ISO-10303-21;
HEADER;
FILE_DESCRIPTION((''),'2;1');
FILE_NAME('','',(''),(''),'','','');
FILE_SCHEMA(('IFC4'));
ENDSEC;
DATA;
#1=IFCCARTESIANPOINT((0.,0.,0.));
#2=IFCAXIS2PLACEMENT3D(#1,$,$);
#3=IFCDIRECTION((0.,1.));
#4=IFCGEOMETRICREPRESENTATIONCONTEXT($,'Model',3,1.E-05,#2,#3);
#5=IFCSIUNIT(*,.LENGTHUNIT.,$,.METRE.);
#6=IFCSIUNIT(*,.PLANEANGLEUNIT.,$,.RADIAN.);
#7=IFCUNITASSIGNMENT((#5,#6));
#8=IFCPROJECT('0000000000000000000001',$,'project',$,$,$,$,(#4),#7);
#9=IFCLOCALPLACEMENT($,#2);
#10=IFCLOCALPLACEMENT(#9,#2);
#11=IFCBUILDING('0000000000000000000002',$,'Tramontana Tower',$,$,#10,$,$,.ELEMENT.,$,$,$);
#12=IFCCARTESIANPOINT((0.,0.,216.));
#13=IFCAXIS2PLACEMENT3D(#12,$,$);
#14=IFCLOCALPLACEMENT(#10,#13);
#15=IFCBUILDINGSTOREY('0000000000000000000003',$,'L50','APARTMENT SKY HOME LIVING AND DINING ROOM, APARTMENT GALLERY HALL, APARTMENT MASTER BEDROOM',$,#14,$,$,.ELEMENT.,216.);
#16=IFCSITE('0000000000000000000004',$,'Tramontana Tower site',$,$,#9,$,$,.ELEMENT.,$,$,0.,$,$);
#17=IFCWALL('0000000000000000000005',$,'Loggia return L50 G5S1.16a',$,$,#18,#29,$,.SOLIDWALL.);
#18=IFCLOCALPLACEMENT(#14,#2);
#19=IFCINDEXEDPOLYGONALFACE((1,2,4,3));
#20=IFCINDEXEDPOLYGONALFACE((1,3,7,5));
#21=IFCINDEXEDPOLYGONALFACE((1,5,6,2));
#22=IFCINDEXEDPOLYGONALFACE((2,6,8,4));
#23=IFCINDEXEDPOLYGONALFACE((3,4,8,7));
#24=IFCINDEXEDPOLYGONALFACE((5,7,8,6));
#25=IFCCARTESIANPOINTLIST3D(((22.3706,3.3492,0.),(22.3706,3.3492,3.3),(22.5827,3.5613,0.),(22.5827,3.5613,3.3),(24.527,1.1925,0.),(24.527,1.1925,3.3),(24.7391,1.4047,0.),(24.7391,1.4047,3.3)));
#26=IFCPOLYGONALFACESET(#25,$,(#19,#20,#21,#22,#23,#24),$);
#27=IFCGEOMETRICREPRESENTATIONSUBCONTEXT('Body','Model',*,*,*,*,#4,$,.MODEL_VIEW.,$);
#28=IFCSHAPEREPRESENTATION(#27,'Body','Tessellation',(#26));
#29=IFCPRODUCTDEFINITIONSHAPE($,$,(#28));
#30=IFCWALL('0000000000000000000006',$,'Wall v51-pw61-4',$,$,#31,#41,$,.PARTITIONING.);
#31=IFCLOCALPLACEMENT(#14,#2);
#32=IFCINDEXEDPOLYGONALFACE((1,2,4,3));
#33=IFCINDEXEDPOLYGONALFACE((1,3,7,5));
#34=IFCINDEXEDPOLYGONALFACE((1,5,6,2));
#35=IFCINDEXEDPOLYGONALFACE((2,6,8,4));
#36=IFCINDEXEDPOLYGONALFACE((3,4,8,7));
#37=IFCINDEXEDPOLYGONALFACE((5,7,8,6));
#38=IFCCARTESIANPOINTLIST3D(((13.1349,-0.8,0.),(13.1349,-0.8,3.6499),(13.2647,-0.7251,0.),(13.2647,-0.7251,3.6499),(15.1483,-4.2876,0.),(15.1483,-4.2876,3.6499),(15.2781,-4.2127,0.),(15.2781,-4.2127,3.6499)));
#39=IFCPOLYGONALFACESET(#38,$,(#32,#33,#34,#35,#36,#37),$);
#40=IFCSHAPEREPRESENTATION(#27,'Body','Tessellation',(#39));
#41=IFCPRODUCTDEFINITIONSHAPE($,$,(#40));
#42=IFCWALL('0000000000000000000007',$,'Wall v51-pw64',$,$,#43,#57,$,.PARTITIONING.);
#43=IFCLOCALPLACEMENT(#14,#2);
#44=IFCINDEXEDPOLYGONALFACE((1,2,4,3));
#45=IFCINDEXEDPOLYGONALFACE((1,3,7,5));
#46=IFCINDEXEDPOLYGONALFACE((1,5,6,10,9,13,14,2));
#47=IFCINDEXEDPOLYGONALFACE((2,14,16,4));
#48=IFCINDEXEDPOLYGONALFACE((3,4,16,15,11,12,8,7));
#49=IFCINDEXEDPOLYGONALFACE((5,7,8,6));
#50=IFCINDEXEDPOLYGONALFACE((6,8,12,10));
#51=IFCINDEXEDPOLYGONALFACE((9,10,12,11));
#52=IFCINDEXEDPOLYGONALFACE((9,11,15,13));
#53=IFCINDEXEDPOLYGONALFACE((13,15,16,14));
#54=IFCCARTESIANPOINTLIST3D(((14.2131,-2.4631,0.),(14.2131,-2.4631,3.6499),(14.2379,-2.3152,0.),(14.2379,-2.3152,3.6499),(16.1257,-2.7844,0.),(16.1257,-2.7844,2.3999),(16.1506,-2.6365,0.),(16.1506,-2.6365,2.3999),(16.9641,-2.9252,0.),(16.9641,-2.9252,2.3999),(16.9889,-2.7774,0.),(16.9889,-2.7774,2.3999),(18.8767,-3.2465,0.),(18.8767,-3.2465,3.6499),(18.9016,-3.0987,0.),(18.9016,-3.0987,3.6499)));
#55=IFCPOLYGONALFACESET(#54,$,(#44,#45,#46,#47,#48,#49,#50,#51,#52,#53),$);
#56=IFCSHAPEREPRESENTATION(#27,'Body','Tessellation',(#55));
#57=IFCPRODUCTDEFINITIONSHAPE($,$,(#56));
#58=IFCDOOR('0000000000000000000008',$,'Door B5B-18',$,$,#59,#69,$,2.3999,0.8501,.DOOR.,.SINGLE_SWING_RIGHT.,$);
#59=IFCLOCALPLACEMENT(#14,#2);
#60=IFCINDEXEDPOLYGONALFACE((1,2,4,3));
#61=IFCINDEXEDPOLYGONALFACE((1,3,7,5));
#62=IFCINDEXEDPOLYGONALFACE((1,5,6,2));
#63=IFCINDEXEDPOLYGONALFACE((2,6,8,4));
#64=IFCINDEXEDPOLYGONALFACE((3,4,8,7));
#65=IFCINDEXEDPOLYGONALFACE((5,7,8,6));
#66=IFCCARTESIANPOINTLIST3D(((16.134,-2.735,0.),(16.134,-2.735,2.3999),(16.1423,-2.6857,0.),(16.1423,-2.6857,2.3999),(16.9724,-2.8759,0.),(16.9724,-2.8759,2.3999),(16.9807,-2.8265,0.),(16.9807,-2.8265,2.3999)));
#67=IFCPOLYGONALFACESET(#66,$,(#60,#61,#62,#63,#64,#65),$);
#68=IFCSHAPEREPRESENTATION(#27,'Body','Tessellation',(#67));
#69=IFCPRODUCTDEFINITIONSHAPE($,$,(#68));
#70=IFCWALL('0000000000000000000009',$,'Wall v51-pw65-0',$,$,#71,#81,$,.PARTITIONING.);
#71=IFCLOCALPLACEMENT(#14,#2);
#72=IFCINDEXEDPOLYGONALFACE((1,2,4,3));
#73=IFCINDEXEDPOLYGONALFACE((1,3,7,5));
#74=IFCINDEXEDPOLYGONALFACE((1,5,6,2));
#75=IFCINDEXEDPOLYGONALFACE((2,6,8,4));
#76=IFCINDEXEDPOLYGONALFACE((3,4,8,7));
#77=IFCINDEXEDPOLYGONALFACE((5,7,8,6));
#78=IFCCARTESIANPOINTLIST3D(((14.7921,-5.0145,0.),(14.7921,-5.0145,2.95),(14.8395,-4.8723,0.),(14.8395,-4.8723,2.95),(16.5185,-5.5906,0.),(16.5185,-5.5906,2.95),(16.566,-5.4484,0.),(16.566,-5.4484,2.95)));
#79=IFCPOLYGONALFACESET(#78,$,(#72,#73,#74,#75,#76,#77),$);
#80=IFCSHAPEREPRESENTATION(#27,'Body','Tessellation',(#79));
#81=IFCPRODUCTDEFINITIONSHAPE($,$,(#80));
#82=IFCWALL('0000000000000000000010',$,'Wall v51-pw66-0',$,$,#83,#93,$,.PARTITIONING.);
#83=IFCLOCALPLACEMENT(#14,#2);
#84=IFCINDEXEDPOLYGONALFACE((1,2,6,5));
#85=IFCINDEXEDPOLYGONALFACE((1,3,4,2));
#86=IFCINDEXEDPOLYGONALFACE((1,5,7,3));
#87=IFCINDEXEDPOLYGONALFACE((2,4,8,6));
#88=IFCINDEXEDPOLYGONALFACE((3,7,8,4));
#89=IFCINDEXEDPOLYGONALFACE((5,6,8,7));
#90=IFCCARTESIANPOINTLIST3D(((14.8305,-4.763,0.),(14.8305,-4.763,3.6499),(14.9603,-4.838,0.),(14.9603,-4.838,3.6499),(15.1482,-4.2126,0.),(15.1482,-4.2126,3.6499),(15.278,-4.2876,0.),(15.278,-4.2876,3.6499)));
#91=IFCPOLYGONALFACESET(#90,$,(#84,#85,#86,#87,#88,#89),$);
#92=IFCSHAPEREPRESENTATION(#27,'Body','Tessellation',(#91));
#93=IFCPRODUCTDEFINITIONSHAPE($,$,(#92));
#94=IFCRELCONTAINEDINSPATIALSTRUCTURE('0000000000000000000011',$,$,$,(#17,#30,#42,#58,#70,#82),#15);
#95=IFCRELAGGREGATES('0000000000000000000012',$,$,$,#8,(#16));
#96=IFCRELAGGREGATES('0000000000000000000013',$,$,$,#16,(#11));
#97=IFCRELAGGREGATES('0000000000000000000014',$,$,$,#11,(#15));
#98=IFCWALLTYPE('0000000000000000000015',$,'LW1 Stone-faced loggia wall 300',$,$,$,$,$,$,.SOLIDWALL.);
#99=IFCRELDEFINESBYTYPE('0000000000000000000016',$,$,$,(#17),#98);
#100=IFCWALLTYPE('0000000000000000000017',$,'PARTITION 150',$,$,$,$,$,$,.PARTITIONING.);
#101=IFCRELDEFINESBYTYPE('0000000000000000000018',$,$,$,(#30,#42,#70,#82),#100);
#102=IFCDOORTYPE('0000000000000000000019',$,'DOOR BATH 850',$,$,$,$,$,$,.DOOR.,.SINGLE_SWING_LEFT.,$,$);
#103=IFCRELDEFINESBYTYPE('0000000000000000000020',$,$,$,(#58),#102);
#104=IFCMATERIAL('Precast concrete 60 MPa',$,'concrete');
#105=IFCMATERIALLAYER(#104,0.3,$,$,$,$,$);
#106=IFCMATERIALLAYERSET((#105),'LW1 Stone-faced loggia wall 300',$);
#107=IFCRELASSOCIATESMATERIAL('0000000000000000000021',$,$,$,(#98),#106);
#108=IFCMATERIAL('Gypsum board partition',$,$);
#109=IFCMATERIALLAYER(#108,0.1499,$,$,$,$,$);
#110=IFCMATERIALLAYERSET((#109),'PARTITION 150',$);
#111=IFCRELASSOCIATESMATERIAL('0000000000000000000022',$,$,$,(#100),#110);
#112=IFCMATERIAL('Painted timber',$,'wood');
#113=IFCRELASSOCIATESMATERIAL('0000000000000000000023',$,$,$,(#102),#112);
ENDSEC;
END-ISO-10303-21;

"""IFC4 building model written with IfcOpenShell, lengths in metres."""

from ifc_helpers import new_model, si_unit, direction, frame, frame_2d, origin, place, context, subcontext, project, spatial, rectangle, extrude, material, layer, layer_set, type_object, element, fill, save


model = new_model("IFC4")

# Units and contexts
model_context = context("Model", 3, precision=1e-05, world=origin(), true_north=direction((0.0, 1.0)))
body_context = subcontext(model_context, "Body", "Model", "MODEL_VIEW")
ifc_project = project(units=[si_unit("LENGTHUNIT", "METRE"), si_unit("PLANEANGLEUNIT", "RADIAN")], contexts=[model_context])

# Site, building, storey
site_placement = place(None, origin())
site = spatial("IfcSite", under=ifc_project, at=site_placement, Name="Tramontana Tower site", CompositionType="ELEMENT", RefElevation=0.0)
building_placement = place(site_placement, origin())
building = spatial("IfcBuilding", under=site, at=building_placement, Name="Tramontana Tower", CompositionType="ELEMENT")
storey_placement = place(building_placement, frame((0.0, 0.0, 216.0)))
storey = spatial("IfcBuildingStorey", under=building, at=storey_placement, Name="L50", Description="APARTMENT SKY HOME LIVING AND DINING ROOM, APARTMENT GALLERY HALL, APARTMENT MASTER BEDROOM", CompositionType="ELEMENT", Elevation=216.0)

# Wall
ifc_material_1 = material(Name="Precast concrete 60 MPa", Category="concrete")
ifc_layer_1 = layer(ifc_material_1, 0.3)
ifc_layer_set_1 = layer_set([ifc_layer_1], Name="LW1 Stone-faced loggia wall 300")
wall_type_1 = type_object("IfcWallType", Name="LW1 Stone-faced loggia wall 300", PredefinedType="SOLIDWALL", material=ifc_layer_set_1)
wall_1_placement = place(storey_placement, frame((24.6331, 1.2986, 0.0), z_axis=(0.0, 0.0, 1.0), x_axis=(-0.707067, 0.707147, 0.0)))
element("IfcWall", 1, at=wall_1_placement, inside=storey, type_object=wall_type_1, Name="Loggia return L50 G5S1.16a", PredefinedType="SOLIDWALL", context=body_context, shape_type="SweptSolid", body=[
    extrude(rectangle(XDim=3.0498, YDim=0.3, at=frame_2d((1.5249, 0.0))), origin(), (0.0, 0.0, 1.0), 3.3),
])

# Shared definitions
ifc_material_2 = material(Name="Gypsum board partition")
ifc_layer_2 = layer(ifc_material_2, 0.1499)
ifc_layer_set_2 = layer_set([ifc_layer_2], Name="PARTITION 150")
wall_type_2 = type_object("IfcWallType", Name="PARTITION 150", PredefinedType="PARTITIONING", material=ifc_layer_set_2)

# Wall
wall_2_placement = place(storey_placement, frame((13.1997, -0.7625, 0.0), z_axis=(0.0, 0.0, 1.0), x_axis=(0.49998, -0.866037, 0.0)))
element("IfcWall", 2, at=wall_2_placement, inside=storey, type_object=wall_type_2, Name="Wall v51-pw61-4", PredefinedType="PARTITIONING", context=body_context, shape_type="SweptSolid", body=[
    extrude(rectangle(XDim=4.0271, YDim=0.1499, at=frame_2d((2.0137, 0.0))), origin(), (0.0, 0.0, 1.0), 3.6499),
])

# Wall, opening, door
wall_3_placement = place(storey_placement, frame((18.8892, -3.1726, 0.0), z_axis=(0.0, 0.0, 1.0), x_axis=(-0.986181, 0.165671, 0.0)))
wall_3 = element("IfcWall", 3, at=wall_3_placement, inside=storey, type_object=wall_type_2, Name="Wall v51-pw64", PredefinedType="PARTITIONING", context=body_context, shape_type="SweptSolid", body=[
    extrude(rectangle(XDim=4.729, YDim=0.1499, at=frame_2d((2.3645, 0.0))), origin(), (0.0, 0.0, 1.0), 3.6499),
])
opening_1_placement = place(wall_3_placement, frame((1.9395, 0.0, 0.0)))
opening_1 = element("IfcOpeningElement", 4, at=opening_1_placement, cuts=wall_3, PredefinedType="OPENING", context=body_context, shape_type="SweptSolid", body=[
    extrude(rectangle(XDim=0.8501, YDim=2.3999, at=frame_2d((0.425, 1.2))), frame((0.0, 0.085, 0.0), z_axis=(0.0, -1.0, 0.0), x_axis=(1.0, 0.0, 0.0)), (0.0, 0.0, 1.0), 0.1699),
])
ifc_material_3 = material(Name="Painted timber", Category="wood")
door_type_1 = type_object("IfcDoorType", Name="DOOR BATH 850", OperationType="SINGLE_SWING_LEFT", PredefinedType="DOOR", material=ifc_material_3)
door_1_placement = place(opening_1_placement, origin())
door_1 = element("IfcDoor", 5, at=door_1_placement, inside=storey, type_object=door_type_1, Name="Door B5B-18", OperationType="SINGLE_SWING_RIGHT", OverallHeight=2.3999, OverallWidth=0.8501, PredefinedType="DOOR", context=body_context, shape_type="SweptSolid", body=[
    extrude(rectangle(XDim=0.8501, YDim=2.3999, at=frame_2d((0.425, 1.2))), frame((0.0, 0.0249, 0.0), z_axis=(0.0, -1.0, 0.0), x_axis=(1.0, 0.0, 0.0)), (0.0, 0.0, 1.0), 0.05),
])
fill(opening_1, door_1)

# Walls
wall_4_placement = place(storey_placement, frame((14.8157, -4.9434, 0.0), z_axis=(0.0, 0.0, 1.0), x_axis=(0.948576, -0.31655, 0.0)))
element("IfcWall", 6, at=wall_4_placement, inside=storey, type_object=wall_type_2, Name="Wall v51-pw65-0", PredefinedType="PARTITIONING", context=body_context, shape_type="SweptSolid", body=[
    extrude(rectangle(XDim=1.8201, YDim=0.1499, at=frame_2d((0.9102, 0.0))), origin(), (0.0, 0.0, 1.0), 2.95),
])
wall_5_placement = place(storey_placement, frame((15.2131, -4.25, 0.0), z_axis=(0.0, 0.0, 1.0), x_axis=(-0.4999, -0.866083, 0.0)))
element("IfcWall", 7, at=wall_5_placement, inside=storey, type_object=wall_type_2, Name="Wall v51-pw66-0", PredefinedType="PARTITIONING", context=body_context, shape_type="SweptSolid", body=[
    extrude(rectangle(XDim=0.6355, YDim=0.1499, at=frame_2d((0.3179, 0.0))), origin(), (0.0, 0.0, 1.0), 3.6499),
])

save(model, "model.ifc")
